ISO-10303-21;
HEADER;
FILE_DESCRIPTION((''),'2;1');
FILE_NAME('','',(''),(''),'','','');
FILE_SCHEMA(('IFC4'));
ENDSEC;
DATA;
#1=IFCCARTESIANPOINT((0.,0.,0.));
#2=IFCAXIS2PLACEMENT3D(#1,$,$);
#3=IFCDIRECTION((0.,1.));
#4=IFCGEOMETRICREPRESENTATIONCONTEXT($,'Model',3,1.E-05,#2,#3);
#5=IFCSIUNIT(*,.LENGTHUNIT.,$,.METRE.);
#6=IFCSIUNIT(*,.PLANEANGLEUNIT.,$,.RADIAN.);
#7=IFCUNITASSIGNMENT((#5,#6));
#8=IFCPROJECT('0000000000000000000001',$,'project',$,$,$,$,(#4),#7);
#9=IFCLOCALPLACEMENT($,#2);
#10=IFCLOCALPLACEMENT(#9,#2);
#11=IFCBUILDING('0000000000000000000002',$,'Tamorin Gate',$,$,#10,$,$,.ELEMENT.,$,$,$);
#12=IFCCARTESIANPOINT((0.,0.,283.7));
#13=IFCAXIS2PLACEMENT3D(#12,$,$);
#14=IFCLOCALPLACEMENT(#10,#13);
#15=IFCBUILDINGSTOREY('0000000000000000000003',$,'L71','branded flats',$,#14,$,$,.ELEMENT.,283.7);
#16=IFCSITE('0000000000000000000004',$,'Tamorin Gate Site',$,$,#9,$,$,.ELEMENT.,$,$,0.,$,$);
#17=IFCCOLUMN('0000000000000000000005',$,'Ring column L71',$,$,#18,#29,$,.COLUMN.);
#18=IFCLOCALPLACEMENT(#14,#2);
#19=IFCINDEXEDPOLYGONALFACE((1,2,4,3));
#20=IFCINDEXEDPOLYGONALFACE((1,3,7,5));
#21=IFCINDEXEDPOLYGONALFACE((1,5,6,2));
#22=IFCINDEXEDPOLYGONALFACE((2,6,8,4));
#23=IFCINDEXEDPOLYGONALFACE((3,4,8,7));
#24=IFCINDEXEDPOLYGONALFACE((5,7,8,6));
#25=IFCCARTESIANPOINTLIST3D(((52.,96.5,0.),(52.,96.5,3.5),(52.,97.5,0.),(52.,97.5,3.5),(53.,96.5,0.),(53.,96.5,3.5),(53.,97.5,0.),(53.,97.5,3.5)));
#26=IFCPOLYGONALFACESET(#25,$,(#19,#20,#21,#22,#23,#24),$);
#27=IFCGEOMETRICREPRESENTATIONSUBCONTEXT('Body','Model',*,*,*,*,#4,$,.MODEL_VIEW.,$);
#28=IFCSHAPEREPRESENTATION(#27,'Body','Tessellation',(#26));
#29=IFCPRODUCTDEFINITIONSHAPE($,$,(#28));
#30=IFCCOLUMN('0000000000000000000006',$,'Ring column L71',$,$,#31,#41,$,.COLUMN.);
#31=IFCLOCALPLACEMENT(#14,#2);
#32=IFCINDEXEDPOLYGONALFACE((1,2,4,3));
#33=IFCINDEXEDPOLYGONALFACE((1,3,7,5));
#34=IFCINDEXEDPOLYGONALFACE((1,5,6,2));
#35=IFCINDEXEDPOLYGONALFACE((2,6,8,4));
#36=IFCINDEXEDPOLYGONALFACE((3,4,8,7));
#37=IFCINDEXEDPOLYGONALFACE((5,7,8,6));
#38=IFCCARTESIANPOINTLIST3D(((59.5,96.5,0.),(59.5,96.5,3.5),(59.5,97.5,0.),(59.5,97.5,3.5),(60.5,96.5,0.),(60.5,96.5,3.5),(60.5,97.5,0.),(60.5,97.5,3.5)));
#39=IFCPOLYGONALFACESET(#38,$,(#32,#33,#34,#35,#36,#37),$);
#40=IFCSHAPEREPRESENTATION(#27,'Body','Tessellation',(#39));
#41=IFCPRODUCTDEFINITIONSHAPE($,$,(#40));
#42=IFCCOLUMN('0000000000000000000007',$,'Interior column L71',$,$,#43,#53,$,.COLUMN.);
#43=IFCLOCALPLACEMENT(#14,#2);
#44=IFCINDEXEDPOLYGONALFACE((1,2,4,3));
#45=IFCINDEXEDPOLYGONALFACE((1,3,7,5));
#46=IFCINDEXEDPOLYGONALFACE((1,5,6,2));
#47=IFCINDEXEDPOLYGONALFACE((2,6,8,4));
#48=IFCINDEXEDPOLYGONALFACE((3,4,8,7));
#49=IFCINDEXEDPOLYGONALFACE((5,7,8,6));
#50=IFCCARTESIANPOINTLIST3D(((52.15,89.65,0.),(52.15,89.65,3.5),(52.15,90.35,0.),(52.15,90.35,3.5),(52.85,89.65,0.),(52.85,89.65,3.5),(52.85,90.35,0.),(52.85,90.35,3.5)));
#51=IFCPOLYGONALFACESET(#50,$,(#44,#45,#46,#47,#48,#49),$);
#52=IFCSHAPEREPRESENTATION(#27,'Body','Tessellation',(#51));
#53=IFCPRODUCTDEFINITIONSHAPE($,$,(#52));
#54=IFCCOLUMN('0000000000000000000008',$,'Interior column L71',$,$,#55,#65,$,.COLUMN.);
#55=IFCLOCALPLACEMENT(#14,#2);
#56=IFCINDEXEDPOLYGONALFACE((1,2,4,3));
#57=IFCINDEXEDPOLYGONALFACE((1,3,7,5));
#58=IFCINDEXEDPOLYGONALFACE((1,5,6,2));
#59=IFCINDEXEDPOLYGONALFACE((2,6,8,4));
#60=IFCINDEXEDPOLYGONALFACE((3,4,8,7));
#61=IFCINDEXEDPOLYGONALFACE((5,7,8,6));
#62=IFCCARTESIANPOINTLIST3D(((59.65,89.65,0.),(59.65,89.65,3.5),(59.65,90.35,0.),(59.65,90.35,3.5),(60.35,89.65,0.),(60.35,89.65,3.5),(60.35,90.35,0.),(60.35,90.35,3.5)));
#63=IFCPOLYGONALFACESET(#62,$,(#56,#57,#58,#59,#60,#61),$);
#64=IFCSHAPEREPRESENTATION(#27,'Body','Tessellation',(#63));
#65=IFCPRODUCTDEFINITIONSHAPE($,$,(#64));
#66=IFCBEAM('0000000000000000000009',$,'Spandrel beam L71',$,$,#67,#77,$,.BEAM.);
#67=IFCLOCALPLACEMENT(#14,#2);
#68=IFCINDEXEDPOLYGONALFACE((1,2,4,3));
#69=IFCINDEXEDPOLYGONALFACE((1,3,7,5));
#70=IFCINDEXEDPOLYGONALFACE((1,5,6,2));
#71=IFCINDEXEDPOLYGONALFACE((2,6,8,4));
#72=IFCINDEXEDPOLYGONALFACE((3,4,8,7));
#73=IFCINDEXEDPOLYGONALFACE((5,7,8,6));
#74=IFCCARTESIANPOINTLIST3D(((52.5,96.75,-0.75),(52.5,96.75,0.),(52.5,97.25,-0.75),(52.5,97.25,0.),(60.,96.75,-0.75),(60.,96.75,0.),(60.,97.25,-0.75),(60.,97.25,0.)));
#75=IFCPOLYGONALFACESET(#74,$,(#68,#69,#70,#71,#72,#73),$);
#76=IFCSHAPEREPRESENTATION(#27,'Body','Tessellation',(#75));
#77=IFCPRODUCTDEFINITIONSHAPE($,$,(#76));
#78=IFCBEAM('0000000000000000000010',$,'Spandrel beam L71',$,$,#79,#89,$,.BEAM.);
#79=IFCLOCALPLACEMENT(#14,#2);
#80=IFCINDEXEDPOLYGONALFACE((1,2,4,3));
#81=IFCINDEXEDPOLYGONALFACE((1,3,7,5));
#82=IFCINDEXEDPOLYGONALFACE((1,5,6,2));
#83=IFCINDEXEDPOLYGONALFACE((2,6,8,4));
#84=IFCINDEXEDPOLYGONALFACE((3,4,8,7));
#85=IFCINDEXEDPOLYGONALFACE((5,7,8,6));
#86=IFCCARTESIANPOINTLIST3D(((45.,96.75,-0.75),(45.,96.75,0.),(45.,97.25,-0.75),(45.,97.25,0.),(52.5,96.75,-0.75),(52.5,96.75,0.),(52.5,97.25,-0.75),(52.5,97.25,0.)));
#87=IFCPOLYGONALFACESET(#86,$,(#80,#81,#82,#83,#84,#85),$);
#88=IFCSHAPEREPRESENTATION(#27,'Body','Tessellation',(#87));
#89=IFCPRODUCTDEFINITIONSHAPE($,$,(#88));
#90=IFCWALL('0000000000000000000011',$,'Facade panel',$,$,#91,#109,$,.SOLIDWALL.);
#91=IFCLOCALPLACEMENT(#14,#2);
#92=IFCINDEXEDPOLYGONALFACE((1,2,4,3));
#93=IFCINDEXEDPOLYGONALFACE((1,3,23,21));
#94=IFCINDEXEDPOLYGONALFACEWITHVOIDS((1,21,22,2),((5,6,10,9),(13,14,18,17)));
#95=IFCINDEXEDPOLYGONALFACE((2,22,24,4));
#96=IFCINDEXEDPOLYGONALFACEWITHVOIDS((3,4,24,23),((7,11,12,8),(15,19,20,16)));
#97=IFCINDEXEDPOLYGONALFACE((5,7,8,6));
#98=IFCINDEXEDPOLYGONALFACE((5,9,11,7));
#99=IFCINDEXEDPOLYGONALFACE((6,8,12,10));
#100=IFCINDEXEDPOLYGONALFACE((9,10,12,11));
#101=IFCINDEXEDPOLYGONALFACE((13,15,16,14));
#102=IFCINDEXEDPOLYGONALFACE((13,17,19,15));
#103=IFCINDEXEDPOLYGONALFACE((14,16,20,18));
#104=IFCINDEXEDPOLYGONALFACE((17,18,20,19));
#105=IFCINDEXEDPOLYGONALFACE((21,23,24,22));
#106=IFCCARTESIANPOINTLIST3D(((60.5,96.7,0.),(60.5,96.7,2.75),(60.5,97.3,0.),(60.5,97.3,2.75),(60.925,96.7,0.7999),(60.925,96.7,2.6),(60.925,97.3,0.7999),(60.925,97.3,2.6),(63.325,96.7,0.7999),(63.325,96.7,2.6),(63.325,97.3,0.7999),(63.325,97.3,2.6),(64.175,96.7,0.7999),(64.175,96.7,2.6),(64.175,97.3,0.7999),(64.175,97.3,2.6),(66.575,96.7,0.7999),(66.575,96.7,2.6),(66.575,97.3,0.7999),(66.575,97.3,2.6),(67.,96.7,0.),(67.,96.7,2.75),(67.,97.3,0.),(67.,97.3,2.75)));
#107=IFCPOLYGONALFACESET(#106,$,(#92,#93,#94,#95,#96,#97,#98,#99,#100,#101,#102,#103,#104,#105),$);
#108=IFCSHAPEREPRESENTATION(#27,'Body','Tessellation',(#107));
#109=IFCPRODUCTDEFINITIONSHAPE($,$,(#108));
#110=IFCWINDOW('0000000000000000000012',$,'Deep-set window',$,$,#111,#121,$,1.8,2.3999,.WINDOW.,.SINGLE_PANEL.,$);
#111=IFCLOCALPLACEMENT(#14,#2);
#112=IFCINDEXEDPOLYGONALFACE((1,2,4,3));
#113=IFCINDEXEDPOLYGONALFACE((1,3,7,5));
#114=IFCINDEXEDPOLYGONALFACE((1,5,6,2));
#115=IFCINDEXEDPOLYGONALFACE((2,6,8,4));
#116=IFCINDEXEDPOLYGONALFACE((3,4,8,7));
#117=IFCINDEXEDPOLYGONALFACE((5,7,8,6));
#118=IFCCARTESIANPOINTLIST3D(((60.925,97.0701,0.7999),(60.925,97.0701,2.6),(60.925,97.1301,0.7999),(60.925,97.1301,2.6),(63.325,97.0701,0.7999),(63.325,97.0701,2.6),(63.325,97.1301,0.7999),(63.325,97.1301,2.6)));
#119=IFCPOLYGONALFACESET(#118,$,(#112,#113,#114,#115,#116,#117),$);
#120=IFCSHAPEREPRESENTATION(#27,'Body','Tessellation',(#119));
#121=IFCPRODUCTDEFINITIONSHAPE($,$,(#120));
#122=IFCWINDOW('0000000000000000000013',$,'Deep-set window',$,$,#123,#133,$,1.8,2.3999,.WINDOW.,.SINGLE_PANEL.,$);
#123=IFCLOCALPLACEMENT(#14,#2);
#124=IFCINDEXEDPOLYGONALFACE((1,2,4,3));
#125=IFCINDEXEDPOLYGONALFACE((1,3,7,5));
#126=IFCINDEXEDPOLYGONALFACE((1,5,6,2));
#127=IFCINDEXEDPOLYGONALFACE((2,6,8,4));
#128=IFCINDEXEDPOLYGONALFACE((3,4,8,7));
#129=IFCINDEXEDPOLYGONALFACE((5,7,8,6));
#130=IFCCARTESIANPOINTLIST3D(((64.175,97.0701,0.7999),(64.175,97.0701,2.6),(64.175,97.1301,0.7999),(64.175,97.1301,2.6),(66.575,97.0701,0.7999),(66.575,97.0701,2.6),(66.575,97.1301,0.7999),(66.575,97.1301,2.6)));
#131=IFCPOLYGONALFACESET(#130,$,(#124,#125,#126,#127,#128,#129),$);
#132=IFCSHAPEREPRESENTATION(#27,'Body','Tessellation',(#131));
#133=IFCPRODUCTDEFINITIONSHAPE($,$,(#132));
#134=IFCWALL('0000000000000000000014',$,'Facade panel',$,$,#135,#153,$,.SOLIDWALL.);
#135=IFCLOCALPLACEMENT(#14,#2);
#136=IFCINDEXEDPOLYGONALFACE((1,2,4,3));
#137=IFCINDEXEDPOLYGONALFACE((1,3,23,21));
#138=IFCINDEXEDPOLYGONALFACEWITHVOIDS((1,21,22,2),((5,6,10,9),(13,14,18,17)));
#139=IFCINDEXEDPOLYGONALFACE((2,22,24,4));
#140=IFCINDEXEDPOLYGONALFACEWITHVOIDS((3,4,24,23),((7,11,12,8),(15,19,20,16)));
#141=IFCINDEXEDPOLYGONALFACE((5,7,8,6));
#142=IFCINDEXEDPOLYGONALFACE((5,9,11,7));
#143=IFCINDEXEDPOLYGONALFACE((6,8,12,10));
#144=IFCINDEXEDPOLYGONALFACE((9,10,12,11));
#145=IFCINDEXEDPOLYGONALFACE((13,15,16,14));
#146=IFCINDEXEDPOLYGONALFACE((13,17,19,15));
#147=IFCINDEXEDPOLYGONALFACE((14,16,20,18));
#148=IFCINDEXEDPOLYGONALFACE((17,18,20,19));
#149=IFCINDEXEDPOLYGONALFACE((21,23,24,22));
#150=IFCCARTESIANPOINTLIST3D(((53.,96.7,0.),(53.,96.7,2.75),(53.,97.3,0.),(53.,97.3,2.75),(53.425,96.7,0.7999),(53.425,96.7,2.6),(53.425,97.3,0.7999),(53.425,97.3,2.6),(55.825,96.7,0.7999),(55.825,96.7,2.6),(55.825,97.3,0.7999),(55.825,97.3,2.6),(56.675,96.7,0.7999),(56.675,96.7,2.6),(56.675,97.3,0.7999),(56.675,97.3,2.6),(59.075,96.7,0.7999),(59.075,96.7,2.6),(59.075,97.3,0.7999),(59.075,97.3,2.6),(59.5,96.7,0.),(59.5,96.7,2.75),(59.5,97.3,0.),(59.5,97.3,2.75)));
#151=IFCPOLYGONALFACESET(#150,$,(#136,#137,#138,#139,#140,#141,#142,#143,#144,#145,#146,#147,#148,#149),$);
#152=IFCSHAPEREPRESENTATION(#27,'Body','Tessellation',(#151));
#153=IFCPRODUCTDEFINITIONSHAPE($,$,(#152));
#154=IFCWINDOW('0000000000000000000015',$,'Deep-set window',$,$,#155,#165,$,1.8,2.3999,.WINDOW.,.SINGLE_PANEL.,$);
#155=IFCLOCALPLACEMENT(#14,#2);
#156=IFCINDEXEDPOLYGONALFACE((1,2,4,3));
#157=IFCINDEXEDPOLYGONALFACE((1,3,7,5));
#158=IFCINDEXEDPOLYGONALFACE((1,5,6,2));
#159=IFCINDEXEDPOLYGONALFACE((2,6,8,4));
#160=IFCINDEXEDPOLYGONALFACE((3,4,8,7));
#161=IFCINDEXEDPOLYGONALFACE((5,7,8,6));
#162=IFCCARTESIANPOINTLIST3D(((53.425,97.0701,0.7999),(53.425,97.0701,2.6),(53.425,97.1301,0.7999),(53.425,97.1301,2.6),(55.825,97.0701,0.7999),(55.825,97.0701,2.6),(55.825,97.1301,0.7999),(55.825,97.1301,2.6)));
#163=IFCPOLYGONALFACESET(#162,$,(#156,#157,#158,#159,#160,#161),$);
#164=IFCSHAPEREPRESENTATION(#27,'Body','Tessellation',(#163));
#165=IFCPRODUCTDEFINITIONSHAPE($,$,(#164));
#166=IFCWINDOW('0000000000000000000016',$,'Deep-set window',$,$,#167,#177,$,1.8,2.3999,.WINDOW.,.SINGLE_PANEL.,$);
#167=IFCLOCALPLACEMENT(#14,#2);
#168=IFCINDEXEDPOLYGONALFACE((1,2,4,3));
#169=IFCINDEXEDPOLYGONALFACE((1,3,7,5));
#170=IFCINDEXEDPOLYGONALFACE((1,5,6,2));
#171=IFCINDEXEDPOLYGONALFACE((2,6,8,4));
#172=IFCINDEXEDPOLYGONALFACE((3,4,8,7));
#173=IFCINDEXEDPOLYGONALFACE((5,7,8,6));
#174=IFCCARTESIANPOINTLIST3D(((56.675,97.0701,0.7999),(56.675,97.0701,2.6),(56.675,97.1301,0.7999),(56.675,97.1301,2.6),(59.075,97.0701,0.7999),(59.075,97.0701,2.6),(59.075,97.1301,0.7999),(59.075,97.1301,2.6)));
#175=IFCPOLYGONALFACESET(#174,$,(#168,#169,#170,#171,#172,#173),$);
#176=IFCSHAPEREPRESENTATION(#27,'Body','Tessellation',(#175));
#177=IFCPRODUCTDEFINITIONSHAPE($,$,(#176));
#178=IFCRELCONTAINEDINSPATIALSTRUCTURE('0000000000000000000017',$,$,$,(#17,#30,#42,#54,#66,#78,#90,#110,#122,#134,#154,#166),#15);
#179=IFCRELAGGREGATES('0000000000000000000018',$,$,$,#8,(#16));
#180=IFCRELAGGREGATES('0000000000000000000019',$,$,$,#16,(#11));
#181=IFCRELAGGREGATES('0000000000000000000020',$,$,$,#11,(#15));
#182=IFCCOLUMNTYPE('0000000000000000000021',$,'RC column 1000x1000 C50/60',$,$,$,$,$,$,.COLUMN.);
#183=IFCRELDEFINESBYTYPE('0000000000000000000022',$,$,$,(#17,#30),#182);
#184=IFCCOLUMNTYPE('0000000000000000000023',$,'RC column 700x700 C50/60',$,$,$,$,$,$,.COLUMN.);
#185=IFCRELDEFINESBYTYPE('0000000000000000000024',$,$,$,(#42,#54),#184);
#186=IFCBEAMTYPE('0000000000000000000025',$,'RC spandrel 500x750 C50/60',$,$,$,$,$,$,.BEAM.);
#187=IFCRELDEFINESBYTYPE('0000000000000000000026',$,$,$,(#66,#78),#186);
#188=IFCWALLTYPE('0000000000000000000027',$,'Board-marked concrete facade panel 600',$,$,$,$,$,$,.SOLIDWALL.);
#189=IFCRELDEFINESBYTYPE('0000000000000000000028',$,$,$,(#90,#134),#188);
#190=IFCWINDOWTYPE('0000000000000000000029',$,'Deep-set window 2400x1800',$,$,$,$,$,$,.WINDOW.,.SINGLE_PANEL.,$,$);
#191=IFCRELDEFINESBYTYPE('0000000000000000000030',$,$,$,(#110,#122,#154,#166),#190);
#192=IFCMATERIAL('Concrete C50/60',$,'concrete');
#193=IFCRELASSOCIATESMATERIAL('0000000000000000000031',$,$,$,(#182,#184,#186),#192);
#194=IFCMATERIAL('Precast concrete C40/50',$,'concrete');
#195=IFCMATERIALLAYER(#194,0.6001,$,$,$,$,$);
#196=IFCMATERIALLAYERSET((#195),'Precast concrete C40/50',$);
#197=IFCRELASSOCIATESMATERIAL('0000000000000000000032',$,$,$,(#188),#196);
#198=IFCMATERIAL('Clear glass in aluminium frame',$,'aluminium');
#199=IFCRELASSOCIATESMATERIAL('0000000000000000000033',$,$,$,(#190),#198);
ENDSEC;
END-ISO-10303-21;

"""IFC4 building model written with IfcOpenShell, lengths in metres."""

from ifc_helpers import new_model, si_unit, direction, frame, frame_2d, origin, origin_2d, place, context, subcontext, project, spatial, rectangle, extrude, material, layer, layer_set, material_profile, profile_set, type_object, element, fill, save


model = new_model("IFC4")

# Units and contexts
model_context = context("Model", 3, precision=1e-05, world=origin(), true_north=direction((0.0, 1.0)))
body_context = subcontext(model_context, "Body", "Model", "MODEL_VIEW")
ifc_project = project(units=[si_unit("LENGTHUNIT", "METRE"), si_unit("PLANEANGLEUNIT", "RADIAN")], contexts=[model_context])

# Site, building, storey
site_placement = place(None, origin())
site = spatial("IfcSite", under=ifc_project, at=site_placement, Name="Tamorin Gate Site", CompositionType="ELEMENT", RefElevation=0.0)
building_placement = place(site_placement, origin())
building = spatial("IfcBuilding", under=site, at=building_placement, Name="Tamorin Gate", CompositionType="ELEMENT")
storey_placement = place(building_placement, frame((0.0, 0.0, 283.7)))
storey = spatial("IfcBuildingStorey", under=building, at=storey_placement, Name="L71", Description="branded flats", CompositionType="ELEMENT", Elevation=283.7)

# Columns
ifc_material_1 = material(Name="Concrete C50/60", Category="concrete")
ifc_material_profile_1 = material_profile(ifc_material_1, rectangle(XDim=1.0, YDim=1.0, at=origin_2d()), Name="RC 1000x1000")
ifc_profile_set_1 = profile_set([ifc_material_profile_1], Name="Concrete C50/60")
column_type_1 = type_object("IfcColumnType", Name="RC column 1000x1000 C50/60", PredefinedType="COLUMN", material=ifc_profile_set_1)
for number, where, z_axis, x_axis, name in (
    (1, (52.5, 97.0, 0.0), (0.0, 0.0, 1.0), (1.0, 0.0, 0.0), "Ring column L71"),
    (2, (60.0, 97.0, 0.0), (0.0, 0.0, 1.0), (1.0, 0.0, 0.0), "Ring column L71"),
):
    element("IfcColumn", number, at=place(storey_placement, frame(where, z_axis=z_axis, x_axis=x_axis)), inside=storey, type_object=column_type_1, Name=name, PredefinedType="COLUMN", context=body_context, shape_type="SweptSolid", body=[
        extrude(rectangle(XDim=1.0, YDim=1.0, at=origin_2d()), origin(), (0.0, 0.0, 1.0), 3.5),
    ])
ifc_material_profile_2 = material_profile(ifc_material_1, rectangle(XDim=0.7, YDim=0.7, at=origin_2d()), Name="RC 700x700")
ifc_profile_set_2 = profile_set([ifc_material_profile_2], Name="Concrete C50/60")
column_type_2 = type_object("IfcColumnType", Name="RC column 700x700 C50/60", PredefinedType="COLUMN", material=ifc_profile_set_2)
for number, where, z_axis, x_axis, name in (
    (3, (52.5, 90.0, 0.0), (0.0, 0.0, 1.0), (1.0, 0.0, 0.0), "Interior column L71"),
    (4, (60.0, 90.0, 0.0), (0.0, 0.0, 1.0), (1.0, 0.0, 0.0), "Interior column L71"),
):
    element("IfcColumn", number, at=place(storey_placement, frame(where, z_axis=z_axis, x_axis=x_axis)), inside=storey, type_object=column_type_2, Name=name, PredefinedType="COLUMN", context=body_context, shape_type="SweptSolid", body=[
        extrude(rectangle(XDim=0.7, YDim=0.7, at=origin_2d()), origin(), (0.0, 0.0, 1.0), 3.5),
    ])

# Beams
ifc_material_profile_3 = material_profile(ifc_material_1, rectangle(XDim=0.5, YDim=0.75, at=origin_2d()), Name="RC 500x750")
ifc_profile_set_3 = profile_set([ifc_material_profile_3], Name="Concrete C50/60")
beam_type = type_object("IfcBeamType", Name="RC spandrel 500x750 C50/60", PredefinedType="BEAM", material=ifc_profile_set_3)
for number, where, z_axis, x_axis, name in (
    (5, (60.0, 97.0, -0.375), (-1.0, 0.0, 0.0), (0.0, -1.0, 0.0), "Spandrel beam L71"),
    (6, (52.5, 97.0, -0.375), (-1.0, 0.0, 0.0), (0.0, -1.0, 0.0), "Spandrel beam L71"),
):
    element("IfcBeam", number, at=place(storey_placement, frame(where, z_axis=z_axis, x_axis=x_axis)), inside=storey, type_object=beam_type, Name=name, PredefinedType="BEAM", context=body_context, shape_type="SweptSolid", body=[
        extrude(rectangle(XDim=0.5, YDim=0.75, at=origin_2d()), origin(), (0.0, 0.0, 1.0), 7.5),
    ])

# Walls, openings, windows
ifc_material_2 = material(Name="Precast concrete C40/50", Category="concrete")
ifc_layer_1 = layer(ifc_material_2, 0.6001)
ifc_layer_set_1 = layer_set([ifc_layer_1], Name="Precast concrete C40/50")
wall_type_1 = type_object("IfcWallType", Name="Board-marked concrete facade panel 600", PredefinedType="SOLIDWALL", material=ifc_layer_set_1)
wall_1_placement = place(storey_placement, frame((67.0, 97.0, 0.0), z_axis=(0.0, 0.0, 1.0), x_axis=(-1.0, 0.0, 0.0)))
wall_1 = element("IfcWall", 7, at=wall_1_placement, inside=storey, type_object=wall_type_1, Name="Facade panel", PredefinedType="SOLIDWALL", context=body_context, shape_type="SweptSolid", body=[
    extrude(rectangle(XDim=6.5, YDim=0.6001, at=frame_2d((3.25, 0.0))), origin(), (0.0, 0.0, 1.0), 2.75),
])
opening_1_placement = place(wall_1_placement, frame((3.675, 0.0, 0.8)))
opening_1 = element("IfcOpeningElement", 8, at=opening_1_placement, cuts=wall_1, PredefinedType="OPENING", context=body_context, shape_type="SweptSolid", body=[
    extrude(rectangle(XDim=2.3999, YDim=1.8, at=frame_2d((1.2, 0.8999))), frame((0.0, 0.3101, 0.0), z_axis=(0.0, -1.0, 0.0), x_axis=(1.0, 0.0, 0.0)), (0.0, 0.0, 1.0), 0.6201),
])
opening_2_placement = place(wall_1_placement, frame((0.425, 0.0, 0.8)))
opening_2 = element("IfcOpeningElement", 9, at=opening_2_placement, cuts=wall_1, PredefinedType="OPENING", context=body_context, shape_type="SweptSolid", body=[
    extrude(rectangle(XDim=2.3999, YDim=1.8, at=frame_2d((1.2, 0.8999))), frame((0.0, 0.3101, 0.0), z_axis=(0.0, -1.0, 0.0), x_axis=(1.0, 0.0, 0.0)), (0.0, 0.0, 1.0), 0.6201),
])
ifc_material_3 = material(Name="Clear glass in aluminium frame", Category="aluminium")
window_type = type_object("IfcWindowType", Name="Deep-set window 2400x1800", PartitioningType="SINGLE_PANEL", PredefinedType="WINDOW", material=ifc_material_3)
window_1_placement = place(opening_1_placement, origin())
window_1 = element("IfcWindow", 10, at=window_1_placement, inside=storey, type_object=window_type, Name="Deep-set window", OverallHeight=1.8, OverallWidth=2.3999, PartitioningType="SINGLE_PANEL", PredefinedType="WINDOW", context=body_context, shape_type="SweptSolid", body=[
    extrude(rectangle(XDim=2.3999, YDim=1.8, at=frame_2d((1.2, 0.8999))), frame((0.0, -0.0701, 0.0), z_axis=(0.0, -1.0, 0.0), x_axis=(1.0, 0.0, 0.0)), (0.0, 0.0, 1.0), 0.0601),
])
fill(opening_1, window_1)
window_2_placement = place(opening_2_placement, origin())
window_2 = element("IfcWindow", 11, at=window_2_placement, inside=storey, type_object=window_type, Name="Deep-set window", OverallHeight=1.8, OverallWidth=2.3999, PartitioningType="SINGLE_PANEL", PredefinedType="WINDOW", context=body_context, shape_type="SweptSolid", body=[
    extrude(rectangle(XDim=2.3999, YDim=1.8, at=frame_2d((1.2, 0.8999))), frame((0.0, -0.0701, 0.0), z_axis=(0.0, -1.0, 0.0), x_axis=(1.0, 0.0, 0.0)), (0.0, 0.0, 1.0), 0.0601),
])
fill(opening_2, window_2)
wall_2_placement = place(storey_placement, frame((59.5, 97.0, 0.0), z_axis=(0.0, 0.0, 1.0), x_axis=(-1.0, 0.0, 0.0)))
wall_2 = element("IfcWall", 12, at=wall_2_placement, inside=storey, type_object=wall_type_1, Name="Facade panel", PredefinedType="SOLIDWALL", context=body_context, shape_type="SweptSolid", body=[
    extrude(rectangle(XDim=6.5, YDim=0.6001, at=frame_2d((3.25, 0.0))), origin(), (0.0, 0.0, 1.0), 2.75),
])
opening_3_placement = place(wall_2_placement, frame((3.675, 0.0, 0.8)))
opening_3 = element("IfcOpeningElement", 13, at=opening_3_placement, cuts=wall_2, PredefinedType="OPENING", context=body_context, shape_type="SweptSolid", body=[
    extrude(rectangle(XDim=2.3999, YDim=1.8, at=frame_2d((1.2, 0.8999))), frame((0.0, 0.3101, 0.0), z_axis=(0.0, -1.0, 0.0), x_axis=(1.0, 0.0, 0.0)), (0.0, 0.0, 1.0), 0.6201),
])
opening_4_placement = place(wall_2_placement, frame((0.425, 0.0, 0.8)))
opening_4 = element("IfcOpeningElement", 14, at=opening_4_placement, cuts=wall_2, PredefinedType="OPENING", context=body_context, shape_type="SweptSolid", body=[
    extrude(rectangle(XDim=2.3999, YDim=1.8, at=frame_2d((1.2, 0.8999))), frame((0.0, 0.3101, 0.0), z_axis=(0.0, -1.0, 0.0), x_axis=(1.0, 0.0, 0.0)), (0.0, 0.0, 1.0), 0.6201),
])
window_3_placement = place(opening_3_placement, origin())
window_3 = element("IfcWindow", 15, at=window_3_placement, inside=storey, type_object=window_type, Name="Deep-set window", OverallHeight=1.8, OverallWidth=2.3999, PartitioningType="SINGLE_PANEL", PredefinedType="WINDOW", context=body_context, shape_type="SweptSolid", body=[
    extrude(rectangle(XDim=2.3999, YDim=1.8, at=frame_2d((1.2, 0.8999))), frame((0.0, -0.0701, 0.0), z_axis=(0.0, -1.0, 0.0), x_axis=(1.0, 0.0, 0.0)), (0.0, 0.0, 1.0), 0.0601),
])
fill(opening_3, window_3)
window_4_placement = place(opening_4_placement, origin())
window_4 = element("IfcWindow", 16, at=window_4_placement, inside=storey, type_object=window_type, Name="Deep-set window", OverallHeight=1.8, OverallWidth=2.3999, PartitioningType="SINGLE_PANEL", PredefinedType="WINDOW", context=body_context, shape_type="SweptSolid", body=[
    extrude(rectangle(XDim=2.3999, YDim=1.8, at=frame_2d((1.2, 0.8999))), frame((0.0, -0.0701, 0.0), z_axis=(0.0, -1.0, 0.0), x_axis=(1.0, 0.0, 0.0)), (0.0, 0.0, 1.0), 0.0601),
])
fill(opening_4, window_4)

save(model, "model.ifc")
